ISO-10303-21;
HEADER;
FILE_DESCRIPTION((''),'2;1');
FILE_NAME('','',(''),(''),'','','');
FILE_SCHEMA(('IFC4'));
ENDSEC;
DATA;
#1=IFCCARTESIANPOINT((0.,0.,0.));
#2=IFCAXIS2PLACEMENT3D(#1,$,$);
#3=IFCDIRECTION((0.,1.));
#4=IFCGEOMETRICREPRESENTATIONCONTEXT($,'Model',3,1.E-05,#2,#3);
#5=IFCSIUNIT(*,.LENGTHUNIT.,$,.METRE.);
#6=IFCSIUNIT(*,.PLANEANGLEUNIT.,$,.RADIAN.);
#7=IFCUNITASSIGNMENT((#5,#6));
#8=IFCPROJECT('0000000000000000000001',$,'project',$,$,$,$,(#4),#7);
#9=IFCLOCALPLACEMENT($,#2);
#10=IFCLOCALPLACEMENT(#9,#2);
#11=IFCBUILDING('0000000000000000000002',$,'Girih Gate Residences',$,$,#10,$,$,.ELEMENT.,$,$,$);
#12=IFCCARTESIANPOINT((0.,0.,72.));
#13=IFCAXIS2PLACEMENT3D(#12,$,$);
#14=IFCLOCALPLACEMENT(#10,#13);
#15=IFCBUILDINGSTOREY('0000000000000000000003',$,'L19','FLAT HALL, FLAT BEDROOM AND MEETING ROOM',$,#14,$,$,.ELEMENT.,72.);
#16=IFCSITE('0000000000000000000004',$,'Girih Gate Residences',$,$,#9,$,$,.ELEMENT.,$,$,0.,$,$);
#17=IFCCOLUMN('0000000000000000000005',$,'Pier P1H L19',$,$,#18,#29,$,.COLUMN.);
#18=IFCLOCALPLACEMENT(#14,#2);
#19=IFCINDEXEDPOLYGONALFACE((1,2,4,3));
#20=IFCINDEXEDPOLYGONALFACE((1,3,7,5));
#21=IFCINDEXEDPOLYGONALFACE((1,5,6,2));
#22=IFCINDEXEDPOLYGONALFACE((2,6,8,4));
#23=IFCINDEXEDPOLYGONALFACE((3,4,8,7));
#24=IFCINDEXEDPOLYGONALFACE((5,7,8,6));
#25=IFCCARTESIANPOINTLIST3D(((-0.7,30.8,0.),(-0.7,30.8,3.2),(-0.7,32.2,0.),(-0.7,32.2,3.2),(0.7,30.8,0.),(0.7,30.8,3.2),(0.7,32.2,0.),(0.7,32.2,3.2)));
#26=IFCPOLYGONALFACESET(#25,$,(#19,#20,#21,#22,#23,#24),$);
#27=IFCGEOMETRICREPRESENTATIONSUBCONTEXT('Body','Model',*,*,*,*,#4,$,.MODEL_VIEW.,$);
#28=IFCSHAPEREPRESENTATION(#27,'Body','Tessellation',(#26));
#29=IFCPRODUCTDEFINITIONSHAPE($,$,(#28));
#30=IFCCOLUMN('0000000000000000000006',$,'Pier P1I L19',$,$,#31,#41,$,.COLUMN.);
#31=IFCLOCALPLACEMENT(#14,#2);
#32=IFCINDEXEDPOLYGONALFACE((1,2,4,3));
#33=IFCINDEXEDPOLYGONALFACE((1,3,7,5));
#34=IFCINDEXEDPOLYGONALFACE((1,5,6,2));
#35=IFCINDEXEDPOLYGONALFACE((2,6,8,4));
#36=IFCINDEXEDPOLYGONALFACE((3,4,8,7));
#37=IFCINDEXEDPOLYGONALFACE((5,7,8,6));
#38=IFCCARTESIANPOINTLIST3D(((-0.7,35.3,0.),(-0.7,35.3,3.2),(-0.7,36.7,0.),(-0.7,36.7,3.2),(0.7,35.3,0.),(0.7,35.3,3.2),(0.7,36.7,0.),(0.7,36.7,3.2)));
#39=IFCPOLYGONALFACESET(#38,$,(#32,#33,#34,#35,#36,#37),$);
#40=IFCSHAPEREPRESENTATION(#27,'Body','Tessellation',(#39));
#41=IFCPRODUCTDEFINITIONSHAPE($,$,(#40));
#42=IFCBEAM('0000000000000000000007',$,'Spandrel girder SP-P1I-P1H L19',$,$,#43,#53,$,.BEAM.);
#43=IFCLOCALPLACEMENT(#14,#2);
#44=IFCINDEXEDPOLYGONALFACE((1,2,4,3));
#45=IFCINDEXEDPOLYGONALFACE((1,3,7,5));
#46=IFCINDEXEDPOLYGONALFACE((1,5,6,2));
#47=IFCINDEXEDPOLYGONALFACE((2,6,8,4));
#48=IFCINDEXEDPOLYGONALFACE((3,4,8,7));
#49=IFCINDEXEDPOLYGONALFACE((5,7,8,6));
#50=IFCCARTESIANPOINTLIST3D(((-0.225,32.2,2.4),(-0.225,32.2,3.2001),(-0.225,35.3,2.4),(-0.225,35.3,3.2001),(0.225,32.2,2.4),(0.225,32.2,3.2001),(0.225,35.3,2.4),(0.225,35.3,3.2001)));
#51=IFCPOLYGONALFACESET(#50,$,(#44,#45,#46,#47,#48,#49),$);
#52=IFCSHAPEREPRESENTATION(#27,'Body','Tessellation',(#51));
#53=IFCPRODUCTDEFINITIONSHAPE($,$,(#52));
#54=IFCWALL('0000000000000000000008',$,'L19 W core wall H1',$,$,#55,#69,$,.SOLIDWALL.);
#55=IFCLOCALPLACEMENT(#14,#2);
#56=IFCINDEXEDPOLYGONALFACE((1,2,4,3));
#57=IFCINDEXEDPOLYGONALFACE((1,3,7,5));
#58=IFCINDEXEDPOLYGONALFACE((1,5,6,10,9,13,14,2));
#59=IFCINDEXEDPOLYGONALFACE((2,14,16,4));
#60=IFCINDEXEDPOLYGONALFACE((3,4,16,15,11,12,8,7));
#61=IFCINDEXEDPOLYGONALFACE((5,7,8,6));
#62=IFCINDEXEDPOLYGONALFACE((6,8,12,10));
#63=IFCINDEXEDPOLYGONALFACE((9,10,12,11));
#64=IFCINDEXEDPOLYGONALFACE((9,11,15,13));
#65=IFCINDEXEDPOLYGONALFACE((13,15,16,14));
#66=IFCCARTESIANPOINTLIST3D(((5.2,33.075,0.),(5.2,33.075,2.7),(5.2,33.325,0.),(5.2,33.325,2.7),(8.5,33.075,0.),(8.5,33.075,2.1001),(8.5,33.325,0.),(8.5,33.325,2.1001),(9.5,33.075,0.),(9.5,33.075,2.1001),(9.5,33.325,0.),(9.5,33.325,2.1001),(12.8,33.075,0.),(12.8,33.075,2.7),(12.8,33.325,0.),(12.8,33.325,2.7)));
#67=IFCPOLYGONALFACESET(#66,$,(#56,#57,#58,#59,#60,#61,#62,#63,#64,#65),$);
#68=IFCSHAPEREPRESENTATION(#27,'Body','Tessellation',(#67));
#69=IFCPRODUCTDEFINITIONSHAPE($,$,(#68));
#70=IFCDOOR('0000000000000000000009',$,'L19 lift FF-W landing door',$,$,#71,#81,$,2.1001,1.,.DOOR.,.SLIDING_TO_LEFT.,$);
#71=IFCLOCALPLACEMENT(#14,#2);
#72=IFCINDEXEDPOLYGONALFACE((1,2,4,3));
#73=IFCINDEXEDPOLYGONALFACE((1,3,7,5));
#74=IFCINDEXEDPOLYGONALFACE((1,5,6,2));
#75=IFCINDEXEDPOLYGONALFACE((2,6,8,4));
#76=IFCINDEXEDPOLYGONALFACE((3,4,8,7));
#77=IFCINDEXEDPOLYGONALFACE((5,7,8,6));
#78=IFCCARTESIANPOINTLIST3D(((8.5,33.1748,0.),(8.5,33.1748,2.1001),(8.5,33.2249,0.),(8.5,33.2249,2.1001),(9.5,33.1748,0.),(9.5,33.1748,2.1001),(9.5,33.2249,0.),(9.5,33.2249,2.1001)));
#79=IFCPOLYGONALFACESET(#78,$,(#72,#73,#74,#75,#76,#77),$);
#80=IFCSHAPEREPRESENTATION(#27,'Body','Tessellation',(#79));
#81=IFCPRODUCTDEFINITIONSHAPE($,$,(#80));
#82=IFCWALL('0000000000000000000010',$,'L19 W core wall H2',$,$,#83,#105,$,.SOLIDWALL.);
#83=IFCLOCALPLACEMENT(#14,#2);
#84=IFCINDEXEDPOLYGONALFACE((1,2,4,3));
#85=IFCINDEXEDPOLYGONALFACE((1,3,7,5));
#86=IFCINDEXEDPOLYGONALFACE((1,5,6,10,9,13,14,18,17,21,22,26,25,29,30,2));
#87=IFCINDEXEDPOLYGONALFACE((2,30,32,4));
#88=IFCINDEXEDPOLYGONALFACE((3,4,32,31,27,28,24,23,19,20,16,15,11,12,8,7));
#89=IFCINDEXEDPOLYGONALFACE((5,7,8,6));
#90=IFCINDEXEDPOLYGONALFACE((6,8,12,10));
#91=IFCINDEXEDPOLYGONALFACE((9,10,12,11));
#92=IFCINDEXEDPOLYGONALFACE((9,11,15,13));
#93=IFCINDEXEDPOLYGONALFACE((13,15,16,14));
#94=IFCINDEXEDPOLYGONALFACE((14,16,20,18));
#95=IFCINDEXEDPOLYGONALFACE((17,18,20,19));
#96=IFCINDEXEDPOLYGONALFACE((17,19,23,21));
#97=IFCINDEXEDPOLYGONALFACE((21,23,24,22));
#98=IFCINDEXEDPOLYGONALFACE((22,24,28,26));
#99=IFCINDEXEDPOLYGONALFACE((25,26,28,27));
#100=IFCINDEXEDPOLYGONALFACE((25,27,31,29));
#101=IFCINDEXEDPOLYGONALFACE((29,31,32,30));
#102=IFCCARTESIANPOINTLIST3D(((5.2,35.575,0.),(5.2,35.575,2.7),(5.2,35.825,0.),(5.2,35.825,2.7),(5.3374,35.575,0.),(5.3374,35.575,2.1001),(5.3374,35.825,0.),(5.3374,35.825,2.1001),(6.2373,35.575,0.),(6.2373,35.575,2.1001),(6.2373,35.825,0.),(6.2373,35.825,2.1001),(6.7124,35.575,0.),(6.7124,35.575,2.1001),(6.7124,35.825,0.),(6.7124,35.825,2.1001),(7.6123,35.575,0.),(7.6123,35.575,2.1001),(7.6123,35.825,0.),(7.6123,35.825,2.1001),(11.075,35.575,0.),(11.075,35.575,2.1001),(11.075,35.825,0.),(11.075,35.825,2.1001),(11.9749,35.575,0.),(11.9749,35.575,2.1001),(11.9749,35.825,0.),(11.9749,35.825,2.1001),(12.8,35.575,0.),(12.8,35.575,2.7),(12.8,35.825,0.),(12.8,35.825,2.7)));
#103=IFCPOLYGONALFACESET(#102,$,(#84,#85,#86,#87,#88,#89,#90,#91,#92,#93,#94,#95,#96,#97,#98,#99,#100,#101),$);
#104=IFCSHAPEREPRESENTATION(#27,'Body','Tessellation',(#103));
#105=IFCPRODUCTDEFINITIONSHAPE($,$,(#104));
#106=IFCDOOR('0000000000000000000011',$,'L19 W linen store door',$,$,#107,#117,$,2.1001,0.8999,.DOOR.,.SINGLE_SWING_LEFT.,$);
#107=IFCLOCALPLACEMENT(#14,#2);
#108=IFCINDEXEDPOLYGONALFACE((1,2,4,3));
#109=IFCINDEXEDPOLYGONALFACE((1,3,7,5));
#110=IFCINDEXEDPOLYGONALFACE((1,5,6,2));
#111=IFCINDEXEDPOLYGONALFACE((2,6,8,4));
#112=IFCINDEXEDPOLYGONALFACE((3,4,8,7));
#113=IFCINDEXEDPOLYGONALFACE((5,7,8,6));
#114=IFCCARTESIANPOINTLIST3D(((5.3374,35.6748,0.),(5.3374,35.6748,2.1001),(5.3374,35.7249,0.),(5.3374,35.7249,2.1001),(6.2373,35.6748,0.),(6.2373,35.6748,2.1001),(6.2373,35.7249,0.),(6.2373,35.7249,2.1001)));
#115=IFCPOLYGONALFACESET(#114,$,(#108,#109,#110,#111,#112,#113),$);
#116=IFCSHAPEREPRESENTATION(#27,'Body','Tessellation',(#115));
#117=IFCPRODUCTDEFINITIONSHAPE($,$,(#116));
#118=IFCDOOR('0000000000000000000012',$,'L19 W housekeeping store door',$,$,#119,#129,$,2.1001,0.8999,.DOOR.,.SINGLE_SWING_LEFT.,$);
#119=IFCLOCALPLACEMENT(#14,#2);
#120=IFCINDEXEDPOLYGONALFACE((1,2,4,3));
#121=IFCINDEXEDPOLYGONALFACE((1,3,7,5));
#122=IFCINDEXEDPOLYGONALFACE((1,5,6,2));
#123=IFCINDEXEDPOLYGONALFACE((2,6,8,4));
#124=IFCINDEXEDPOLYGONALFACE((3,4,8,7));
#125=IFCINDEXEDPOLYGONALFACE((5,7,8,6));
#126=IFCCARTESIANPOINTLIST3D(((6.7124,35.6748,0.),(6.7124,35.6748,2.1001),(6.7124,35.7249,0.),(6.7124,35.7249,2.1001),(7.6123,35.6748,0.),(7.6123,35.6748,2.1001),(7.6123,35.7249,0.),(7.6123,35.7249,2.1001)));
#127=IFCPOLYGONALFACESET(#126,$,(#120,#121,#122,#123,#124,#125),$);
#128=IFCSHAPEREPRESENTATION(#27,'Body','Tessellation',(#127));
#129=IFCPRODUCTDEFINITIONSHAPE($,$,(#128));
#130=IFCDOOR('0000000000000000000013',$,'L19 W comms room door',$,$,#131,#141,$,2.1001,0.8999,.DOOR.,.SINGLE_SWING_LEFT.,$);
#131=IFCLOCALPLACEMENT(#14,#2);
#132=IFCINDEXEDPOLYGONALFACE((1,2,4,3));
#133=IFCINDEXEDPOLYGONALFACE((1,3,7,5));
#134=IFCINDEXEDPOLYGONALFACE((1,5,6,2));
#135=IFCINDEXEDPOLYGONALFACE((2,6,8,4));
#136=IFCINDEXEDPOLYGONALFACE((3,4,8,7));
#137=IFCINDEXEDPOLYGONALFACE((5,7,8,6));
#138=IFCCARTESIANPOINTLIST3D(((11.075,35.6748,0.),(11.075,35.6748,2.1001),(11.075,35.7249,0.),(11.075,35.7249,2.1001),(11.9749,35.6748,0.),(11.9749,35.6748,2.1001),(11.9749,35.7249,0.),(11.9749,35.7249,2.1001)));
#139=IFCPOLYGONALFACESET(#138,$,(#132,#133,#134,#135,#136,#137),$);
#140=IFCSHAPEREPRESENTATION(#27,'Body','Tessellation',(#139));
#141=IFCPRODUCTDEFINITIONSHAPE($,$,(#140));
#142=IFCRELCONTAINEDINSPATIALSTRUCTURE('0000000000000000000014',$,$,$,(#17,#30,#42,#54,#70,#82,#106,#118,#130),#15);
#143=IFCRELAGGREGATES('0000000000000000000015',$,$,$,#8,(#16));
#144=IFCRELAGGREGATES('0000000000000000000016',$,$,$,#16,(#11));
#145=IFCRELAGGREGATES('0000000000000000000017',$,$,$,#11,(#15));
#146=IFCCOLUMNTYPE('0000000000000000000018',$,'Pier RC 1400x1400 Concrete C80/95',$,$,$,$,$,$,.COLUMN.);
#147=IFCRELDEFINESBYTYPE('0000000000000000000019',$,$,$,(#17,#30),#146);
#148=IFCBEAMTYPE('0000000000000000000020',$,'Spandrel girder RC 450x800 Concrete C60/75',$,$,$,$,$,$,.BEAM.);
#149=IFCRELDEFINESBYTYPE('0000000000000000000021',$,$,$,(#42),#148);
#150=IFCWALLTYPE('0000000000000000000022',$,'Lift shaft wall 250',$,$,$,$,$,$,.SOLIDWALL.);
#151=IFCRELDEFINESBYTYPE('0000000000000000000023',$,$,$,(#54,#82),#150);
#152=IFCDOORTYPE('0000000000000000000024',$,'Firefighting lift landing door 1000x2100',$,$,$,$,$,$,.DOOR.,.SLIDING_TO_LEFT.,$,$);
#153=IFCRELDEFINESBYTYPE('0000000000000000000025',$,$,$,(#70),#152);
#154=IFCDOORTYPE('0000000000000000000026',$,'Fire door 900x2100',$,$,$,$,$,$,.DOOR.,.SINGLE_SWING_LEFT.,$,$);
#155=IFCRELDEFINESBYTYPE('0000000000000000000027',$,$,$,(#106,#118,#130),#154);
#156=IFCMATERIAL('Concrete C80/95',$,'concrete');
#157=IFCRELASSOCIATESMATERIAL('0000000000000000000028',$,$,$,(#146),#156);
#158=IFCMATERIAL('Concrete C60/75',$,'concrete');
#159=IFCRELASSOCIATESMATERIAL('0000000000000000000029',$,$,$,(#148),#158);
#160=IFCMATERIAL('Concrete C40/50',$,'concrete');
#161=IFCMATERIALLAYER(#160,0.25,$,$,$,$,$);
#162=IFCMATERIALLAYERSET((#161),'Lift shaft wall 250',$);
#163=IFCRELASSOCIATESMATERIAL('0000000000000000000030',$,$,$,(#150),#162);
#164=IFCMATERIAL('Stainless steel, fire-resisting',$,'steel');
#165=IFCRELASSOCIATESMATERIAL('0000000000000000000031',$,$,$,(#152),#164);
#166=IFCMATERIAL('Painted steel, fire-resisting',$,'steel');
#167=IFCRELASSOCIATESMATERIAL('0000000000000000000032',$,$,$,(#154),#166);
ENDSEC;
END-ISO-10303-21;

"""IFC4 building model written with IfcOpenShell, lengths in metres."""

from ifc_helpers import new_model, si_unit, direction, frame, frame_2d, origin, origin_2d, place, context, subcontext, project, spatial, rectangle, extrude, material, layer, layer_set, material_profile, profile_set, type_object, element, fill, save


model = new_model("IFC4")

# Units and contexts
model_context = context("Model", 3, precision=1e-05, world=origin(), true_north=direction((0.0, 1.0)))
body_context = subcontext(model_context, "Body", "Model", "MODEL_VIEW")
ifc_project = project(units=[si_unit("LENGTHUNIT", "METRE"), si_unit("PLANEANGLEUNIT", "RADIAN")], contexts=[model_context])

# Site, building, storey
site_placement = place(None, origin())
site = spatial("IfcSite", under=ifc_project, at=site_placement, Name="Girih Gate Residences", CompositionType="ELEMENT", RefElevation=0.0)
building_placement = place(site_placement, origin())
building = spatial("IfcBuilding", under=site, at=building_placement, Name="Girih Gate Residences", CompositionType="ELEMENT")
storey_placement = place(building_placement, frame((0.0, 0.0, 72.0)))
storey = spatial("IfcBuildingStorey", under=building, at=storey_placement, Name="L19", Description="FLAT HALL, FLAT BEDROOM AND MEETING ROOM", CompositionType="ELEMENT", Elevation=72.0)

# Columns
ifc_material_1 = material(Name="Concrete C80/95", Category="concrete")
ifc_material_profile_1 = material_profile(ifc_material_1, rectangle(XDim=1.3999, YDim=1.3999, at=origin_2d()))
ifc_profile_set_1 = profile_set([ifc_material_profile_1], Name="Concrete C80/95")
column_type = type_object("IfcColumnType", Name="Pier RC 1400x1400 Concrete C80/95", PredefinedType="COLUMN", material=ifc_profile_set_1)
for number, where, z_axis, x_axis, name in (
    (1, (0.0, 31.5, 0.0), (0.0, 0.0, 1.0), (1.0, 0.0, 0.0), "Pier P1H L19"),
    (2, (0.0, 36.0, 0.0), (0.0, 0.0, 1.0), (1.0, 0.0, 0.0), "Pier P1I L19"),
):
    element("IfcColumn", number, at=place(storey_placement, frame(where, z_axis=z_axis, x_axis=x_axis)), inside=storey, type_object=column_type, Name=name, PredefinedType="COLUMN", context=body_context, shape_type="SweptSolid", body=[
        extrude(rectangle(XDim=1.3999, YDim=1.3999, at=origin_2d()), origin(), (0.0, 0.0, 1.0), 3.2),
    ])

# Beam
ifc_material_2 = material(Name="Concrete C60/75", Category="concrete")
ifc_material_profile_2 = material_profile(ifc_material_2, rectangle(XDim=0.45, YDim=0.8, at=origin_2d()))
ifc_profile_set_2 = profile_set([ifc_material_profile_2], Name="Concrete C60/75")
beam_type = type_object("IfcBeamType", Name="Spandrel girder RC 450x800 Concrete C60/75", PredefinedType="BEAM", material=ifc_profile_set_2)
beam_placement = place(storey_placement, frame((0.0, 35.3, 2.8), z_axis=(0.0, -1.0, 0.0), x_axis=(1.0, 0.0, 0.0)))
element("IfcBeam", 3, at=beam_placement, inside=storey, type_object=beam_type, Name="Spandrel girder SP-P1I-P1H L19", PredefinedType="BEAM", context=body_context, shape_type="SweptSolid", body=[
    extrude(rectangle(XDim=0.45, YDim=0.8, at=origin_2d()), origin(), (0.0, 0.0, 1.0), 3.1001),
])

# Wall, opening, door
ifc_material_3 = material(Name="Concrete C40/50", Category="concrete")
ifc_layer_1 = layer(ifc_material_3, 0.25)
ifc_layer_set_1 = layer_set([ifc_layer_1], Name="Lift shaft wall 250")
wall_type_1 = type_object("IfcWallType", Name="Lift shaft wall 250", PredefinedType="SOLIDWALL", material=ifc_layer_set_1)
wall_1_placement = place(storey_placement, frame((5.2, 33.2, 0.0), z_axis=(0.0, 0.0, 1.0), x_axis=(1.0, 0.0, 0.0)))
wall_1 = element("IfcWall", 4, at=wall_1_placement, inside=storey, type_object=wall_type_1, Name="L19 W core wall H1", PredefinedType="SOLIDWALL", context=body_context, shape_type="SweptSolid", body=[
    extrude(rectangle(XDim=7.6001, YDim=0.25, at=frame_2d((3.8, 0.0))), origin(), (0.0, 0.0, 1.0), 2.7),
])
opening_1_placement = place(wall_1_placement, frame((3.3, 0.0, 0.0)))
opening_1 = element("IfcOpeningElement", 5, at=opening_1_placement, cuts=wall_1, PredefinedType="OPENING", context=body_context, shape_type="SweptSolid", body=[
    extrude(rectangle(XDim=1.0, YDim=2.1001, at=frame_2d((0.5, 1.05))), frame((0.0, 0.135, 0.0), z_axis=(0.0, -1.0, 0.0), x_axis=(1.0, 0.0, 0.0)), (0.0, 0.0, 1.0), 0.27),
])
ifc_material_4 = material(Name="Stainless steel, fire-resisting", Category="steel")
door_type_1 = type_object("IfcDoorType", Name="Firefighting lift landing door 1000x2100", OperationType="SLIDING_TO_LEFT", PredefinedType="DOOR", material=ifc_material_4)
door_1_placement = place(opening_1_placement, origin())
door_1 = element("IfcDoor", 6, at=door_1_placement, inside=storey, type_object=door_type_1, Name="L19 lift FF-W landing door", OperationType="SLIDING_TO_LEFT", OverallHeight=2.1001, OverallWidth=1.0, PredefinedType="DOOR", context=body_context, shape_type="SweptSolid", body=[
    extrude(rectangle(XDim=1.0, YDim=2.1001, at=frame_2d((0.5, 1.05))), frame((0.0, 0.0249, 0.0), z_axis=(0.0, -1.0, 0.0), x_axis=(1.0, 0.0, 0.0)), (0.0, 0.0, 1.0), 0.05),
])
fill(opening_1, door_1)

# Wall, openings, doors
wall_2_placement = place(storey_placement, frame((5.2, 35.7, 0.0), z_axis=(0.0, 0.0, 1.0), x_axis=(1.0, 0.0, 0.0)))
wall_2 = element("IfcWall", 7, at=wall_2_placement, inside=storey, type_object=wall_type_1, Name="L19 W core wall H2", PredefinedType="SOLIDWALL", context=body_context, shape_type="SweptSolid", body=[
    extrude(rectangle(XDim=7.6001, YDim=0.25, at=frame_2d((3.8, 0.0))), origin(), (0.0, 0.0, 1.0), 2.7),
])
opening_2_placement = place(wall_2_placement, frame((0.1375, 0.0, 0.0)))
opening_2 = element("IfcOpeningElement", 8, at=opening_2_placement, cuts=wall_2, PredefinedType="OPENING", context=body_context, shape_type="SweptSolid", body=[
    extrude(rectangle(XDim=0.8999, YDim=2.1001, at=frame_2d((0.45, 1.05))), frame((0.0, 0.135, 0.0), z_axis=(0.0, -1.0, 0.0), x_axis=(1.0, 0.0, 0.0)), (0.0, 0.0, 1.0), 0.27),
])
opening_3_placement = place(wall_2_placement, frame((1.5125, 0.0, 0.0)))
opening_3 = element("IfcOpeningElement", 9, at=opening_3_placement, cuts=wall_2, PredefinedType="OPENING", context=body_context, shape_type="SweptSolid", body=[
    extrude(rectangle(XDim=0.8999, YDim=2.1001, at=frame_2d((0.45, 1.05))), frame((0.0, 0.135, 0.0), z_axis=(0.0, -1.0, 0.0), x_axis=(1.0, 0.0, 0.0)), (0.0, 0.0, 1.0), 0.27),
])
opening_4_placement = place(wall_2_placement, frame((5.875, 0.0, 0.0)))
opening_4 = element("IfcOpeningElement", 10, at=opening_4_placement, cuts=wall_2, PredefinedType="OPENING", context=body_context, shape_type="SweptSolid", body=[
    extrude(rectangle(XDim=0.8999, YDim=2.1001, at=frame_2d((0.45, 1.05))), frame((0.0, 0.135, 0.0), z_axis=(0.0, -1.0, 0.0), x_axis=(1.0, 0.0, 0.0)), (0.0, 0.0, 1.0), 0.27),
])
ifc_material_5 = material(Name="Painted steel, fire-resisting", Category="steel")
door_type_2 = type_object("IfcDoorType", Name="Fire door 900x2100", OperationType="SINGLE_SWING_LEFT", PredefinedType="DOOR", material=ifc_material_5)
door_2_placement = place(opening_2_placement, origin())
door_2 = element("IfcDoor", 11, at=door_2_placement, inside=storey, type_object=door_type_2, Name="L19 W linen store door", OperationType="SINGLE_SWING_LEFT", OverallHeight=2.1001, OverallWidth=0.8999, PredefinedType="DOOR", context=body_context, shape_type="SweptSolid", body=[
    extrude(rectangle(XDim=0.8999, YDim=2.1001, at=frame_2d((0.45, 1.05))), frame((0.0, 0.0249, 0.0), z_axis=(0.0, -1.0, 0.0), x_axis=(1.0, 0.0, 0.0)), (0.0, 0.0, 1.0), 0.05),
])
fill(opening_2, door_2)
door_3_placement = place(opening_3_placement, origin())
door_3 = element("IfcDoor", 12, at=door_3_placement, inside=storey, type_object=door_type_2, Name="L19 W housekeeping store door", OperationType="SINGLE_SWING_LEFT", OverallHeight=2.1001, OverallWidth=0.8999, PredefinedType="DOOR", context=body_context, shape_type="SweptSolid", body=[
    extrude(rectangle(XDim=0.8999, YDim=2.1001, at=frame_2d((0.45, 1.05))), frame((0.0, 0.0249, 0.0), z_axis=(0.0, -1.0, 0.0), x_axis=(1.0, 0.0, 0.0)), (0.0, 0.0, 1.0), 0.05),
])
fill(opening_3, door_3)
door_4_placement = place(opening_4_placement, origin())
door_4 = element("IfcDoor", 13, at=door_4_placement, inside=storey, type_object=door_type_2, Name="L19 W comms room door", OperationType="SINGLE_SWING_LEFT", OverallHeight=2.1001, OverallWidth=0.8999, PredefinedType="DOOR", context=body_context, shape_type="SweptSolid", body=[
    extrude(rectangle(XDim=0.8999, YDim=2.1001, at=frame_2d((0.45, 1.05))), frame((0.0, 0.0249, 0.0), z_axis=(0.0, -1.0, 0.0), x_axis=(1.0, 0.0, 0.0)), (0.0, 0.0, 1.0), 0.05),
])
fill(opening_4, door_4)

save(model, "model.ifc")
